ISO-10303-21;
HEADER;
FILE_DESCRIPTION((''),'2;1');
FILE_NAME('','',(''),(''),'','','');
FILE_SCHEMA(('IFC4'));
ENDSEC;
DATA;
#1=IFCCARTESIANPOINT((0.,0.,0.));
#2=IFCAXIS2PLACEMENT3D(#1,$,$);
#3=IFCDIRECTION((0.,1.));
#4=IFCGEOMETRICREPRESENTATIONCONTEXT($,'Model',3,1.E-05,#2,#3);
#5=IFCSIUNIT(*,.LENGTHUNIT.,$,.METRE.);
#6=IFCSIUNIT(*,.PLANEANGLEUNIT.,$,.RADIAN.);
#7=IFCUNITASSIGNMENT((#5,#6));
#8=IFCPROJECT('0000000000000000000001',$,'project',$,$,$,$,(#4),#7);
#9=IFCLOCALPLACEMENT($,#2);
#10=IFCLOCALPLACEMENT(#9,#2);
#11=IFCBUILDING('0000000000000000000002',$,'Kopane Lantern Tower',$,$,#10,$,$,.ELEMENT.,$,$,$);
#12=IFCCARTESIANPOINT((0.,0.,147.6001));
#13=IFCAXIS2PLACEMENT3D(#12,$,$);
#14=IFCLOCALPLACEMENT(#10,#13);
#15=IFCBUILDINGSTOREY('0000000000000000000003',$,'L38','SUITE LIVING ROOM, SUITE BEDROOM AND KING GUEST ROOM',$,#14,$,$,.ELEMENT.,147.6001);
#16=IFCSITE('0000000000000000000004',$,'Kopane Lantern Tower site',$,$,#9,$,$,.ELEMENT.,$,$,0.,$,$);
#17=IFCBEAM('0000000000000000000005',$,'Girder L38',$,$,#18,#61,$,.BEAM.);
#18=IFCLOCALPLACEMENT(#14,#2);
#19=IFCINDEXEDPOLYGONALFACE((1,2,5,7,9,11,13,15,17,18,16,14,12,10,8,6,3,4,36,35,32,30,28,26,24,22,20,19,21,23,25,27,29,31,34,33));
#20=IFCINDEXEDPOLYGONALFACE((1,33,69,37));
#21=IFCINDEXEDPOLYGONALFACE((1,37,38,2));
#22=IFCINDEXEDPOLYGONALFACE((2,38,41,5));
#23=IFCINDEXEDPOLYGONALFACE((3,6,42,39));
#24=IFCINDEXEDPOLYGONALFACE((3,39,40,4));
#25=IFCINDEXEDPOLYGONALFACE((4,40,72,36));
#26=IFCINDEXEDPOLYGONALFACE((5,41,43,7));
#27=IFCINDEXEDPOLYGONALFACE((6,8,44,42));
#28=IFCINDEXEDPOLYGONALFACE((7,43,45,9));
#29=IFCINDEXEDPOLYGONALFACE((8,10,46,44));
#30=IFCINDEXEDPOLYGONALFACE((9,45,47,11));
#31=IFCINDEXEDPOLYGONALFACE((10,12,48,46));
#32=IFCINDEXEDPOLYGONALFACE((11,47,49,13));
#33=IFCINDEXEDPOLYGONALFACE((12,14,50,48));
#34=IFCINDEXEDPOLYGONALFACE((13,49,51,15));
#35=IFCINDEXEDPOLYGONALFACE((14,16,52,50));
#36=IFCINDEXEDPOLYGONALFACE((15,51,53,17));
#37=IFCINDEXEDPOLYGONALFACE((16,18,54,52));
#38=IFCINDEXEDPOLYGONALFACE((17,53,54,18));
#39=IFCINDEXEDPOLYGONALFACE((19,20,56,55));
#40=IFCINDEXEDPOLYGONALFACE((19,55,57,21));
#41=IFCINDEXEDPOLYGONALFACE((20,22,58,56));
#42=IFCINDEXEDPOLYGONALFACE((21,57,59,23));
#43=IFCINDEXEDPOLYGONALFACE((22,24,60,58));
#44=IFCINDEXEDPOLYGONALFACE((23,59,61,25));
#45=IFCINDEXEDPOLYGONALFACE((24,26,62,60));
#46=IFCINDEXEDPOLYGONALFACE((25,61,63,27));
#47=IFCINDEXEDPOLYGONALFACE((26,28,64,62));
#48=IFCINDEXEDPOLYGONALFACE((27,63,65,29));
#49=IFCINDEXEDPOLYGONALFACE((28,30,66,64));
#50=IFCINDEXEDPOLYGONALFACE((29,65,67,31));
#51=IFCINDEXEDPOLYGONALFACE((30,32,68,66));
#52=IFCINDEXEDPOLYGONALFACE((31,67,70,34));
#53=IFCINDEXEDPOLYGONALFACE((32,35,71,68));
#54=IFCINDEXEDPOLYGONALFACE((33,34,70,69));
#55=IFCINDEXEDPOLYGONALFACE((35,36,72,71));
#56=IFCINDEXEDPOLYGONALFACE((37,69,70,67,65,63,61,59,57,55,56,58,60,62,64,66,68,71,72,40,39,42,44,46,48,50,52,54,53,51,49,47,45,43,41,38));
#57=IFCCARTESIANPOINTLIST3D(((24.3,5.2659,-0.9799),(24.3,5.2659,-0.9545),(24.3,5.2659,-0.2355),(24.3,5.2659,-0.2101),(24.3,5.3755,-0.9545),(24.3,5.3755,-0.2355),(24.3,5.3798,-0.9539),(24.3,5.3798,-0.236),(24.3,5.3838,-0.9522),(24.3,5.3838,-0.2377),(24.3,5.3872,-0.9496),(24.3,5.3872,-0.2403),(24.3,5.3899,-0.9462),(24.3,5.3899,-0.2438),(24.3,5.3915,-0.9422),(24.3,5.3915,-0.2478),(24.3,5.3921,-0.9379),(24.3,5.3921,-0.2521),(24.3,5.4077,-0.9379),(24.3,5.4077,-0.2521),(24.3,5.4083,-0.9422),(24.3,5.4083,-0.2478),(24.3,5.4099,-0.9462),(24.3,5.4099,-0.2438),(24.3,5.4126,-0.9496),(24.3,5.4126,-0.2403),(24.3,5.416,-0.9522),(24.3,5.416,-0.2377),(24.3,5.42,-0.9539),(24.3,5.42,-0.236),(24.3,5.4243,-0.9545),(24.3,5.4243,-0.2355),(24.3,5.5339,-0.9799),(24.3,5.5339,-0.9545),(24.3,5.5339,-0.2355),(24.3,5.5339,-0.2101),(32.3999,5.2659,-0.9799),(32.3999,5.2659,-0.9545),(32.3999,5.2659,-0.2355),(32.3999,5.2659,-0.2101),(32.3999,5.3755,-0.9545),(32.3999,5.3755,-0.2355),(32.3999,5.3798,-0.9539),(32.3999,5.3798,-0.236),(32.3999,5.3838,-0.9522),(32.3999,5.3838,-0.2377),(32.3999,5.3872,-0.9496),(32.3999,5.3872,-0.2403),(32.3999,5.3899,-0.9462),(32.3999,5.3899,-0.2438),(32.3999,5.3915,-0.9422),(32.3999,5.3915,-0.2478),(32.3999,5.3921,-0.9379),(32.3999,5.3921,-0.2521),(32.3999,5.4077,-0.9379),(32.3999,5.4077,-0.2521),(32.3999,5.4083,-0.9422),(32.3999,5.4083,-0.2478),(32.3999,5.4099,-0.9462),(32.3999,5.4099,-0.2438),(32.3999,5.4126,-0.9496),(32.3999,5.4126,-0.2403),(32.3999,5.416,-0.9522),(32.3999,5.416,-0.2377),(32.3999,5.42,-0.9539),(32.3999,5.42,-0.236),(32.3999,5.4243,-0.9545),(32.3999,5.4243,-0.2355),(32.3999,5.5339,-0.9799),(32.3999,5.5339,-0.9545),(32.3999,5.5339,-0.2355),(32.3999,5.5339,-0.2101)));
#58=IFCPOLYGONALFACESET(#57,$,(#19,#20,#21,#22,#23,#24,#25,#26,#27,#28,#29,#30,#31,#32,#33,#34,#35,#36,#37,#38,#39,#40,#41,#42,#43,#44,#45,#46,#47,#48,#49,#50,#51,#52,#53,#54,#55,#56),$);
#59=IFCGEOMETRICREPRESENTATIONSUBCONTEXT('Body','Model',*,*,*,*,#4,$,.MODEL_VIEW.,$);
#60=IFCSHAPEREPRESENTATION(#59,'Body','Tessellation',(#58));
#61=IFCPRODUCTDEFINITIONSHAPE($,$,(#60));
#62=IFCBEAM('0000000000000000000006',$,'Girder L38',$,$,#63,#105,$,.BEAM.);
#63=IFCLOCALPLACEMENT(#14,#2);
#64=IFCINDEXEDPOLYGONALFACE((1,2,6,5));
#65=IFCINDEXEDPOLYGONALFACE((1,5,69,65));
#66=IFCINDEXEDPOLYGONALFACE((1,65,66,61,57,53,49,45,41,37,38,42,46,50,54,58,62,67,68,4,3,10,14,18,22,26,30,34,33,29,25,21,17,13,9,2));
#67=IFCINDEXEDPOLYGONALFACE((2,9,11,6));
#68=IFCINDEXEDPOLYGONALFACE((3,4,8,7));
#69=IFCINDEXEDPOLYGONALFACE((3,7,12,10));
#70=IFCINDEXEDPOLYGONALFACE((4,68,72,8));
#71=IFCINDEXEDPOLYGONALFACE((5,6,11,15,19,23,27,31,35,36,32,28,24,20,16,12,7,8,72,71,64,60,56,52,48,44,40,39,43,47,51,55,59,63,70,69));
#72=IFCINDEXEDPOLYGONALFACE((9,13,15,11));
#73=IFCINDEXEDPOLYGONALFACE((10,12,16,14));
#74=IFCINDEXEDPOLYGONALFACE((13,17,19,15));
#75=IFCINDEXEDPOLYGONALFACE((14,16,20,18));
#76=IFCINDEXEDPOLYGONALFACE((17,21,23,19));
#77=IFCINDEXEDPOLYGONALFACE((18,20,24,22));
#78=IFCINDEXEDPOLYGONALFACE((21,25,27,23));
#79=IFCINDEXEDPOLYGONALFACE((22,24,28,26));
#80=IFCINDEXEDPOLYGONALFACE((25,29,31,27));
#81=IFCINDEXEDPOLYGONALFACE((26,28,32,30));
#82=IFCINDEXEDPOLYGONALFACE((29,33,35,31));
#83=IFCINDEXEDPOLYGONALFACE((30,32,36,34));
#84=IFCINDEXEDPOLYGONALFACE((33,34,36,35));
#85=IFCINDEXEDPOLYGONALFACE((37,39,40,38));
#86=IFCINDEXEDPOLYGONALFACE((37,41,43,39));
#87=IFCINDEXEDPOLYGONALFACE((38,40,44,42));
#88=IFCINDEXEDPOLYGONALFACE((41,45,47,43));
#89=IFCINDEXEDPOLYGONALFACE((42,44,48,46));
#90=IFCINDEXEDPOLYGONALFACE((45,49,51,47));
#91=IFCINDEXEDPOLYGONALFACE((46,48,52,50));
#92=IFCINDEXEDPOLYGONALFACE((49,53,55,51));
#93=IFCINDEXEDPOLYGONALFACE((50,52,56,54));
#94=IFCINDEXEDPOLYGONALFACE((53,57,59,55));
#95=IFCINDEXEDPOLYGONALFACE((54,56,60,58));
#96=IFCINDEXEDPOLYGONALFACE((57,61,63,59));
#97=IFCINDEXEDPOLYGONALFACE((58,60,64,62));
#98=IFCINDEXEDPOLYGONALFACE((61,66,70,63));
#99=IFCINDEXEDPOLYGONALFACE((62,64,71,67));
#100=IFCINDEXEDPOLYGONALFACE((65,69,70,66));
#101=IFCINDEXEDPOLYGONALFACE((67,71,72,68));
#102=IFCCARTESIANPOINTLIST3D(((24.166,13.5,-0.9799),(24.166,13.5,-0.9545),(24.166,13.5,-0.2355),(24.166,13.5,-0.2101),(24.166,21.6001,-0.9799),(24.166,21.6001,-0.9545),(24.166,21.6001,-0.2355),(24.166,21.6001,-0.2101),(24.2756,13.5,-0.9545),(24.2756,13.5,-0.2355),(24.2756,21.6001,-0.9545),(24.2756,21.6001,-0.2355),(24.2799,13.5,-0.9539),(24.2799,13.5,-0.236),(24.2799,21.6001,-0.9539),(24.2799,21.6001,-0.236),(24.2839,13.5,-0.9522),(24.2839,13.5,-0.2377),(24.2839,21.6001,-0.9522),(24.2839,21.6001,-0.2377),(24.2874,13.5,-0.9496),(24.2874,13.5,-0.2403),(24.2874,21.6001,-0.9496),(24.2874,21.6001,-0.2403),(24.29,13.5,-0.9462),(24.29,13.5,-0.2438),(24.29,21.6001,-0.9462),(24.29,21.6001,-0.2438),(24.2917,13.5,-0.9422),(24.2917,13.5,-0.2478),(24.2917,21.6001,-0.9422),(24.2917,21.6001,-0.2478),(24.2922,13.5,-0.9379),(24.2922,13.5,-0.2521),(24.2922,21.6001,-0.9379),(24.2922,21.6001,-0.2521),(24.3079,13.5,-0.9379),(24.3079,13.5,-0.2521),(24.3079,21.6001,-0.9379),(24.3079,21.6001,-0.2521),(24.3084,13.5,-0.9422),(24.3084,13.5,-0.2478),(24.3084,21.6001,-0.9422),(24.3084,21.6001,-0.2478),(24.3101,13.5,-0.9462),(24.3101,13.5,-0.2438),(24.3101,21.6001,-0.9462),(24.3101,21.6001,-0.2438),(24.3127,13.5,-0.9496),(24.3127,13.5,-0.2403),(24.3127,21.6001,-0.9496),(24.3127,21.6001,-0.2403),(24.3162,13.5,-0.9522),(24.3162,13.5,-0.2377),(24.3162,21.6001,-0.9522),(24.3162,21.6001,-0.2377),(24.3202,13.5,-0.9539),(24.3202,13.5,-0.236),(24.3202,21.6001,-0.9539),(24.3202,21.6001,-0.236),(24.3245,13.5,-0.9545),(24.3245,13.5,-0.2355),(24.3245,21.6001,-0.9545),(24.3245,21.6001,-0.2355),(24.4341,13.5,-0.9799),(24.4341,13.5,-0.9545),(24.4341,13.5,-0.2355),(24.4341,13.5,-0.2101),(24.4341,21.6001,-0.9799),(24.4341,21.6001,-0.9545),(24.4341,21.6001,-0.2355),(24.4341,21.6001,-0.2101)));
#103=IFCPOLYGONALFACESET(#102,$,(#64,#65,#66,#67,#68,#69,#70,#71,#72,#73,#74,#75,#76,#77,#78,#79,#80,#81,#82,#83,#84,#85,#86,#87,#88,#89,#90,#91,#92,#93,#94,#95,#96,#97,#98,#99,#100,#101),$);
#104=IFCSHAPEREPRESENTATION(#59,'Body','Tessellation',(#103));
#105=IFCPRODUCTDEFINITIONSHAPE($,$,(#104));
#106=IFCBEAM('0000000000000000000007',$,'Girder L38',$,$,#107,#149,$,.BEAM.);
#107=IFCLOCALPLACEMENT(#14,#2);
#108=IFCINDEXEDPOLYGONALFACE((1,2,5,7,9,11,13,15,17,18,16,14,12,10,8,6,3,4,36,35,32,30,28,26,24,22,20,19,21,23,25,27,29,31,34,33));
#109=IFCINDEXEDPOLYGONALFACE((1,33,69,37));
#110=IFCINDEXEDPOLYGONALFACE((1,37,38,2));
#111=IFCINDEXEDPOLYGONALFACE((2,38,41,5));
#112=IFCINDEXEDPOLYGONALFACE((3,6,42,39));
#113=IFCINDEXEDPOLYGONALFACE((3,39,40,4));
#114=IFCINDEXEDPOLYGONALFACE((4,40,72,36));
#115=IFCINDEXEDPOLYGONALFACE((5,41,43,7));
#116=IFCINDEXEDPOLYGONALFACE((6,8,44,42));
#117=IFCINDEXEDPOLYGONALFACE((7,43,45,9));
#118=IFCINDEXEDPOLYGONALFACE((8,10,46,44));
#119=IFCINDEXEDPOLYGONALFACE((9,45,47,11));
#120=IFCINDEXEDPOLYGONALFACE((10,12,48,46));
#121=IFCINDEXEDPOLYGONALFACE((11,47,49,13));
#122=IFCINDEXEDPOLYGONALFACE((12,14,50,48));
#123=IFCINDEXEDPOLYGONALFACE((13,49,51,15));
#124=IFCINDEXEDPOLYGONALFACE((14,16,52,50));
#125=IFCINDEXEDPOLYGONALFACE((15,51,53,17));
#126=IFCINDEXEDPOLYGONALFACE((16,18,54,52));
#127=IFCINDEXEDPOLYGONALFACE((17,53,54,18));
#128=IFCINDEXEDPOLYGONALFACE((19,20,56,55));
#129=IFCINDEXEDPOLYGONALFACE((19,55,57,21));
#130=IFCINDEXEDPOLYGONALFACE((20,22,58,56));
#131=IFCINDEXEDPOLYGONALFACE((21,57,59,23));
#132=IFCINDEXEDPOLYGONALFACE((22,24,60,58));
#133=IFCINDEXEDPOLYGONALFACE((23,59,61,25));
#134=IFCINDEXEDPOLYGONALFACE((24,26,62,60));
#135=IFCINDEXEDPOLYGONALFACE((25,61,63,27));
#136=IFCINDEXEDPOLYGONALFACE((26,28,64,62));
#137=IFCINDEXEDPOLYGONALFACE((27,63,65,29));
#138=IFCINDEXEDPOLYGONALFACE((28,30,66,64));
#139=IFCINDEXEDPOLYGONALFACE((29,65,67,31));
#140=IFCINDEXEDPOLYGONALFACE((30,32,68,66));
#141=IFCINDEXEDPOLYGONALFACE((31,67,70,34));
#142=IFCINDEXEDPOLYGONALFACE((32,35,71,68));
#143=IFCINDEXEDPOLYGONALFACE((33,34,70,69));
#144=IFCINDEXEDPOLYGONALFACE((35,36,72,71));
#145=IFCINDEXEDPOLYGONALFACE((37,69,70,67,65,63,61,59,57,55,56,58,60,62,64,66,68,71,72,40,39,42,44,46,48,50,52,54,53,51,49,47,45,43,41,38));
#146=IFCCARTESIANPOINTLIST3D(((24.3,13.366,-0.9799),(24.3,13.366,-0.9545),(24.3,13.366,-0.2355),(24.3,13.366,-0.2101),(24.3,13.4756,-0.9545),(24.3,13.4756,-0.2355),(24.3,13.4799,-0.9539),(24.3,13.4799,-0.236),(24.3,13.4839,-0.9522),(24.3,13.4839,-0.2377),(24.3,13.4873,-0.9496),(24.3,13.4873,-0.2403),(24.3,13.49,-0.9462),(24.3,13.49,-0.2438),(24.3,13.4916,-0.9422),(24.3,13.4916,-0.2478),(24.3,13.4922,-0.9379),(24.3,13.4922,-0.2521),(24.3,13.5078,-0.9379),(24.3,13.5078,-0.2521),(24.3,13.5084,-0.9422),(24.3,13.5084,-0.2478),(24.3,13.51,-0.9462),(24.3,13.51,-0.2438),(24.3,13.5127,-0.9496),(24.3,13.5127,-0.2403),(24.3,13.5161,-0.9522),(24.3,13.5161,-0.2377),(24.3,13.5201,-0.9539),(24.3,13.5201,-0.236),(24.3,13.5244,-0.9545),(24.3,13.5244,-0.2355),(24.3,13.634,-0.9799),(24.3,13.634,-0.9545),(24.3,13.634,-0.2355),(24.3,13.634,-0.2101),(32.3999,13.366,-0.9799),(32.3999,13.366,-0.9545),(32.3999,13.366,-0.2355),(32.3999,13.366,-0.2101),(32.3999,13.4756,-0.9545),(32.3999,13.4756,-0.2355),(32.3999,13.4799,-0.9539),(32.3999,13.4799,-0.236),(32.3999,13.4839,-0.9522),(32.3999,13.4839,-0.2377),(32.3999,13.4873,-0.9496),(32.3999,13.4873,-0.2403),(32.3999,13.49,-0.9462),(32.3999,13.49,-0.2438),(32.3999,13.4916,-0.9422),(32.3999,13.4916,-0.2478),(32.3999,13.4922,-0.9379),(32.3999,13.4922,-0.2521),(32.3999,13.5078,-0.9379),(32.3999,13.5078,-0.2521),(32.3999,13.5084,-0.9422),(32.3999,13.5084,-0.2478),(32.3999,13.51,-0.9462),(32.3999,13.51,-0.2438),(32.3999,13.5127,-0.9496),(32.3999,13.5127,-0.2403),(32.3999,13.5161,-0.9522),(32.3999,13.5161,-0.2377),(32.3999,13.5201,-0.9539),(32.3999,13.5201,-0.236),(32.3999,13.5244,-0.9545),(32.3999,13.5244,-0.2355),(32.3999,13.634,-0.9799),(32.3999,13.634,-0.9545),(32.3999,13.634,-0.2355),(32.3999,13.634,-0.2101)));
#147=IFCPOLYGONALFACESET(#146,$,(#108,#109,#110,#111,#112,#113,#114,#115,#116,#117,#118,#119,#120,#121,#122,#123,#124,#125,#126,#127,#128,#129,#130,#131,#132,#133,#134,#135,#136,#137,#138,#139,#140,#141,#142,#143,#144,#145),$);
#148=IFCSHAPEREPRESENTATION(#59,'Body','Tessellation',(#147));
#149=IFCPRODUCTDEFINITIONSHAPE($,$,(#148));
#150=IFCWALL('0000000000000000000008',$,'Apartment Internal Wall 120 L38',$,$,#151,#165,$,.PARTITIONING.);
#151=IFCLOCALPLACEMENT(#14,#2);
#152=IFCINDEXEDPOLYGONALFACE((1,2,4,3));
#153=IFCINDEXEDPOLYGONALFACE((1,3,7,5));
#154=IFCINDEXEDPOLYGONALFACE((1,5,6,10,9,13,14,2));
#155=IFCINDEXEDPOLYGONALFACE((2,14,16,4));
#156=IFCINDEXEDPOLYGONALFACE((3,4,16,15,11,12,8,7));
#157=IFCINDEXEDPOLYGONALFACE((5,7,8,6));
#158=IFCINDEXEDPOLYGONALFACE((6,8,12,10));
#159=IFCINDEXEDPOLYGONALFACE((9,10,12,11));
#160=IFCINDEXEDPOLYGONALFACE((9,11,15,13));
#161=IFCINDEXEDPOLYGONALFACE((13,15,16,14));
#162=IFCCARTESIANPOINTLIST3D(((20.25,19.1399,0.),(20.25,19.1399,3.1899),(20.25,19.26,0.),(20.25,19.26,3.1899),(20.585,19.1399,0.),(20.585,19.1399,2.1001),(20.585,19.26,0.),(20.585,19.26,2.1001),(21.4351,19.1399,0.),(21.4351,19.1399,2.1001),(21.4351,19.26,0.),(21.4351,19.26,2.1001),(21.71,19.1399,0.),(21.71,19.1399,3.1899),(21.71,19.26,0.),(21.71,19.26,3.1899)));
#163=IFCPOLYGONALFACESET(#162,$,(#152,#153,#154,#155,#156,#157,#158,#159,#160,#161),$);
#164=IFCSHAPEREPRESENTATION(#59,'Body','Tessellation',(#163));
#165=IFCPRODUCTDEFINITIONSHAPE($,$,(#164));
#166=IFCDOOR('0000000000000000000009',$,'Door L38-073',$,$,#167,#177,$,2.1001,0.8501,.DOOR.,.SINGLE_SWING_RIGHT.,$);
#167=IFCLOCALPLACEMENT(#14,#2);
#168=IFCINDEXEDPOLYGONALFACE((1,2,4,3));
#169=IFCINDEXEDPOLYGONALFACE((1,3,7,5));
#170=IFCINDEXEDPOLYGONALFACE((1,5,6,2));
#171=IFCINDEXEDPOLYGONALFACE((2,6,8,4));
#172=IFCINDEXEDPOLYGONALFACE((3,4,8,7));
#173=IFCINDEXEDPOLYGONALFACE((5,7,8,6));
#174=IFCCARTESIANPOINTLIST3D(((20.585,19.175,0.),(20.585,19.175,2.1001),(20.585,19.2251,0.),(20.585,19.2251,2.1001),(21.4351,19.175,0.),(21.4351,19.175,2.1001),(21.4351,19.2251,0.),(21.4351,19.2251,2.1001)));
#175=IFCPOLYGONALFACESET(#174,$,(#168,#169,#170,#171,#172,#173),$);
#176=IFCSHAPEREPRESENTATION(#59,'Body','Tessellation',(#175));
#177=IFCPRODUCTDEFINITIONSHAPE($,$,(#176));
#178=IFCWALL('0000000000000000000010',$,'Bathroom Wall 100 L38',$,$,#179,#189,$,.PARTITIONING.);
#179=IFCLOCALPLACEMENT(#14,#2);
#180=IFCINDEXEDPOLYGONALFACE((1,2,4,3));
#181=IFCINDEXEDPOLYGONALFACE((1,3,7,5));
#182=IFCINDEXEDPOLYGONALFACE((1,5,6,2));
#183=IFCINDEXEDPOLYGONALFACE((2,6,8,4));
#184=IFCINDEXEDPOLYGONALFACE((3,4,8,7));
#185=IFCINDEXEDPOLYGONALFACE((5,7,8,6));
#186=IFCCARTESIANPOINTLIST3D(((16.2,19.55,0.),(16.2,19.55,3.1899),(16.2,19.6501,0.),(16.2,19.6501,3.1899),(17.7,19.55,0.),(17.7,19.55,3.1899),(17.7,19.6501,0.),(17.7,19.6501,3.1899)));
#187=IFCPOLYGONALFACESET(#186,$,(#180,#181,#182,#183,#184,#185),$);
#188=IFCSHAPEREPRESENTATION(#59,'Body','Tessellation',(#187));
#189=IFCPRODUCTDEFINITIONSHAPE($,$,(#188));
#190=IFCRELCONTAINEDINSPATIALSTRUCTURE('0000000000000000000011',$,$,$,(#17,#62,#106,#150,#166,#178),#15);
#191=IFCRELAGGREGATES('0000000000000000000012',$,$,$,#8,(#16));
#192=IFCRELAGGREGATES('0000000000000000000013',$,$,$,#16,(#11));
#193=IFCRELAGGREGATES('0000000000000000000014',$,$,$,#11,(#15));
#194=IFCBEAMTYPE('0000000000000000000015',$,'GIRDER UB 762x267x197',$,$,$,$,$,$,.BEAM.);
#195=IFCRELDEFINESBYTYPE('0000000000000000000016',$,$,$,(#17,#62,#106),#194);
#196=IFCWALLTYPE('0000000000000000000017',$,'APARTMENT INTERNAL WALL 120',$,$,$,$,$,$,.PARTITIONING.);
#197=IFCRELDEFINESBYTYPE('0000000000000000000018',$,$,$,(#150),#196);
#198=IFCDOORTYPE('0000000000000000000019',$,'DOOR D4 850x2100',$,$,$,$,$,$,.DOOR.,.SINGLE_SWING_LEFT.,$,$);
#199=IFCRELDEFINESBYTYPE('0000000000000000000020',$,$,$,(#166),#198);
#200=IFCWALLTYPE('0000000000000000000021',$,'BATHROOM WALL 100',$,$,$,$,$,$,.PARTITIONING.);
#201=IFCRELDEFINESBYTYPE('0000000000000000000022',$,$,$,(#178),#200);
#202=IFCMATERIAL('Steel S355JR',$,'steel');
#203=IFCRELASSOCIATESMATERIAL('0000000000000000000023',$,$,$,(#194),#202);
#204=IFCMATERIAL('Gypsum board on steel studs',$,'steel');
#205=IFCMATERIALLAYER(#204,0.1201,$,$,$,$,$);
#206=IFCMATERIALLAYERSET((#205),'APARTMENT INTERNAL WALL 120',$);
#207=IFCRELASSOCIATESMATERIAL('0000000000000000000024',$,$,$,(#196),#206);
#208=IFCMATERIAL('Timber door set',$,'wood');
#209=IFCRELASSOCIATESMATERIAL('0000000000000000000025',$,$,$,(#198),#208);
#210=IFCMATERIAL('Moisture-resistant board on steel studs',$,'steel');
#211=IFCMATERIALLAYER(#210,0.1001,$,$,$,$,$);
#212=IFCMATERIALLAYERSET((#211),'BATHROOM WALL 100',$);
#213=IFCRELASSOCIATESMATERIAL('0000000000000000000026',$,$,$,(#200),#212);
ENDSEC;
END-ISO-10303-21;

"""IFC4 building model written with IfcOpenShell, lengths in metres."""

from ifc_helpers import new_model, si_unit, direction, frame, frame_2d, origin, origin_2d, place, context, subcontext, project, spatial, rectangle, i_section, extrude, material, layer, layer_set, material_profile, profile_set, type_object, element, fill, save


model = new_model("IFC4")

# Units and contexts
model_context = context("Model", 3, precision=1e-05, world=origin(), true_north=direction((0.0, 1.0)))
body_context = subcontext(model_context, "Body", "Model", "MODEL_VIEW")
ifc_project = project(units=[si_unit("LENGTHUNIT", "METRE"), si_unit("PLANEANGLEUNIT", "RADIAN")], contexts=[model_context])

# Site, building, storey
site_placement = place(None, origin())
site = spatial("IfcSite", under=ifc_project, at=site_placement, Name="Kopane Lantern Tower site", CompositionType="ELEMENT", RefElevation=0.0)
building_placement = place(site_placement, origin())
building = spatial("IfcBuilding", under=site, at=building_placement, Name="Kopane Lantern Tower", CompositionType="ELEMENT")
storey_placement = place(building_placement, frame((0.0, 0.0, 147.6001)))
storey = spatial("IfcBuildingStorey", under=building, at=storey_placement, Name="L38", Description="SUITE LIVING ROOM, SUITE BEDROOM AND KING GUEST ROOM", CompositionType="ELEMENT", Elevation=147.6001)

# Beams
ifc_material_1 = material(Name="Steel S355JR", Category="steel")
ifc_material_profile_1 = material_profile(ifc_material_1, i_section(OverallWidth=0.2681, OverallDepth=0.7698, WebThickness=0.0156, FlangeThickness=0.0254, FilletRadius=0.0166, at=origin_2d()), Name="UB 762x267x197")
ifc_profile_set_1 = profile_set([ifc_material_profile_1], Name="Steel S355JR")
beam_type = type_object("IfcBeamType", Name="GIRDER UB 762x267x197", PredefinedType="BEAM", material=ifc_profile_set_1)
beam_1_placement = place(storey_placement, frame((24.3, 5.3999, -0.595), z_axis=(1.0, 0.0, 0.0), x_axis=(0.0, 1.0, 0.0)))
element("IfcBeam", 1, at=beam_1_placement, inside=storey, type_object=beam_type, Name="Girder L38", PredefinedType="BEAM", context=body_context, shape_type="SweptSolid", body=[
    extrude(i_section(OverallWidth=0.2681, OverallDepth=0.7698, WebThickness=0.0156, FlangeThickness=0.0254, FilletRadius=0.0166, at=origin_2d()), origin(), (0.0, 0.0, 1.0), 8.0999),
])
beam_2_placement = place(storey_placement, frame((24.3, 13.5, -0.595), z_axis=(0.0, 1.0, 0.0), x_axis=(-1.0, 0.0, 0.0)))
element("IfcBeam", 2, at=beam_2_placement, inside=storey, type_object=beam_type, Name="Girder L38", PredefinedType="BEAM", context=body_context, shape_type="SweptSolid", body=[
    extrude(i_section(OverallWidth=0.2681, OverallDepth=0.7698, WebThickness=0.0156, FlangeThickness=0.0254, FilletRadius=0.0166, at=origin_2d()), origin(), (0.0, 0.0, 1.0), 8.1001),
])
beam_3_placement = place(storey_placement, frame((24.3, 13.5, -0.595), z_axis=(1.0, 0.0, 0.0), x_axis=(0.0, 1.0, 0.0)))
element("IfcBeam", 3, at=beam_3_placement, inside=storey, type_object=beam_type, Name="Girder L38", PredefinedType="BEAM", context=body_context, shape_type="SweptSolid", body=[
    extrude(i_section(OverallWidth=0.2681, OverallDepth=0.7698, WebThickness=0.0156, FlangeThickness=0.0254, FilletRadius=0.0166, at=origin_2d()), origin(), (0.0, 0.0, 1.0), 8.0999),
])

# Wall, opening, door
ifc_material_2 = material(Name="Gypsum board on steel studs", Category="steel")
ifc_layer_1 = layer(ifc_material_2, 0.1201)
ifc_layer_set_1 = layer_set([ifc_layer_1], Name="APARTMENT INTERNAL WALL 120")
wall_type_1 = type_object("IfcWallType", Name="APARTMENT INTERNAL WALL 120", PredefinedType="PARTITIONING", material=ifc_layer_set_1)
wall_1_placement = place(storey_placement, frame((21.71, 19.2, 0.0), z_axis=(0.0, 0.0, 1.0), x_axis=(-1.0, 0.0, 0.0)))
wall_1 = element("IfcWall", 4, at=wall_1_placement, inside=storey, type_object=wall_type_1, Name="Apartment Internal Wall 120 L38", PredefinedType="PARTITIONING", context=body_context, shape_type="SweptSolid", body=[
    extrude(rectangle(XDim=1.46, YDim=0.1201, at=frame_2d((0.73, 0.0))), origin(), (0.0, 0.0, 1.0), 3.1899),
])
opening_placement = place(wall_1_placement, frame((0.2749, 0.0, 0.0)))
opening = element("IfcOpeningElement", 5, at=opening_placement, cuts=wall_1, PredefinedType="OPENING", context=body_context, shape_type="SweptSolid", body=[
    extrude(rectangle(XDim=0.8501, YDim=2.1001, at=frame_2d((0.425, 1.05))), frame((0.0, 0.0701, 0.0), z_axis=(0.0, -1.0, 0.0), x_axis=(1.0, 0.0, 0.0)), (0.0, 0.0, 1.0), 0.1401),
])
ifc_material_3 = material(Name="Timber door set", Category="wood")
door_type = type_object("IfcDoorType", Name="DOOR D4 850x2100", OperationType="SINGLE_SWING_LEFT", PredefinedType="DOOR", material=ifc_material_3)
door_placement = place(opening_placement, origin())
door = element("IfcDoor", 6, at=door_placement, inside=storey, type_object=door_type, Name="Door L38-073", OperationType="SINGLE_SWING_RIGHT", OverallHeight=2.1001, OverallWidth=0.8501, PredefinedType="DOOR", context=body_context, shape_type="SweptSolid", body=[
    extrude(rectangle(XDim=0.8501, YDim=2.1001, at=frame_2d((0.425, 1.05))), frame((0.0, 0.0249, 0.0), z_axis=(0.0, -1.0, 0.0), x_axis=(1.0, 0.0, 0.0)), (0.0, 0.0, 1.0), 0.05),
])
fill(opening, door)

# Wall
ifc_material_4 = material(Name="Moisture-resistant board on steel studs", Category="steel")
ifc_layer_2 = layer(ifc_material_4, 0.1001)
ifc_layer_set_2 = layer_set([ifc_layer_2], Name="BATHROOM WALL 100")
wall_type_2 = type_object("IfcWallType", Name="BATHROOM WALL 100", PredefinedType="PARTITIONING", material=ifc_layer_set_2)
wall_2_placement = place(storey_placement, frame((16.2, 19.6001, 0.0), z_axis=(0.0, 0.0, 1.0), x_axis=(1.0, 0.0, 0.0)))
element("IfcWall", 7, at=wall_2_placement, inside=storey, type_object=wall_type_2, Name="Bathroom Wall 100 L38", PredefinedType="PARTITIONING", context=body_context, shape_type="SweptSolid", body=[
    extrude(rectangle(XDim=1.5, YDim=0.1001, at=frame_2d((0.75, 0.0))), origin(), (0.0, 0.0, 1.0), 3.1899),
])

save(model, "model.ifc")
